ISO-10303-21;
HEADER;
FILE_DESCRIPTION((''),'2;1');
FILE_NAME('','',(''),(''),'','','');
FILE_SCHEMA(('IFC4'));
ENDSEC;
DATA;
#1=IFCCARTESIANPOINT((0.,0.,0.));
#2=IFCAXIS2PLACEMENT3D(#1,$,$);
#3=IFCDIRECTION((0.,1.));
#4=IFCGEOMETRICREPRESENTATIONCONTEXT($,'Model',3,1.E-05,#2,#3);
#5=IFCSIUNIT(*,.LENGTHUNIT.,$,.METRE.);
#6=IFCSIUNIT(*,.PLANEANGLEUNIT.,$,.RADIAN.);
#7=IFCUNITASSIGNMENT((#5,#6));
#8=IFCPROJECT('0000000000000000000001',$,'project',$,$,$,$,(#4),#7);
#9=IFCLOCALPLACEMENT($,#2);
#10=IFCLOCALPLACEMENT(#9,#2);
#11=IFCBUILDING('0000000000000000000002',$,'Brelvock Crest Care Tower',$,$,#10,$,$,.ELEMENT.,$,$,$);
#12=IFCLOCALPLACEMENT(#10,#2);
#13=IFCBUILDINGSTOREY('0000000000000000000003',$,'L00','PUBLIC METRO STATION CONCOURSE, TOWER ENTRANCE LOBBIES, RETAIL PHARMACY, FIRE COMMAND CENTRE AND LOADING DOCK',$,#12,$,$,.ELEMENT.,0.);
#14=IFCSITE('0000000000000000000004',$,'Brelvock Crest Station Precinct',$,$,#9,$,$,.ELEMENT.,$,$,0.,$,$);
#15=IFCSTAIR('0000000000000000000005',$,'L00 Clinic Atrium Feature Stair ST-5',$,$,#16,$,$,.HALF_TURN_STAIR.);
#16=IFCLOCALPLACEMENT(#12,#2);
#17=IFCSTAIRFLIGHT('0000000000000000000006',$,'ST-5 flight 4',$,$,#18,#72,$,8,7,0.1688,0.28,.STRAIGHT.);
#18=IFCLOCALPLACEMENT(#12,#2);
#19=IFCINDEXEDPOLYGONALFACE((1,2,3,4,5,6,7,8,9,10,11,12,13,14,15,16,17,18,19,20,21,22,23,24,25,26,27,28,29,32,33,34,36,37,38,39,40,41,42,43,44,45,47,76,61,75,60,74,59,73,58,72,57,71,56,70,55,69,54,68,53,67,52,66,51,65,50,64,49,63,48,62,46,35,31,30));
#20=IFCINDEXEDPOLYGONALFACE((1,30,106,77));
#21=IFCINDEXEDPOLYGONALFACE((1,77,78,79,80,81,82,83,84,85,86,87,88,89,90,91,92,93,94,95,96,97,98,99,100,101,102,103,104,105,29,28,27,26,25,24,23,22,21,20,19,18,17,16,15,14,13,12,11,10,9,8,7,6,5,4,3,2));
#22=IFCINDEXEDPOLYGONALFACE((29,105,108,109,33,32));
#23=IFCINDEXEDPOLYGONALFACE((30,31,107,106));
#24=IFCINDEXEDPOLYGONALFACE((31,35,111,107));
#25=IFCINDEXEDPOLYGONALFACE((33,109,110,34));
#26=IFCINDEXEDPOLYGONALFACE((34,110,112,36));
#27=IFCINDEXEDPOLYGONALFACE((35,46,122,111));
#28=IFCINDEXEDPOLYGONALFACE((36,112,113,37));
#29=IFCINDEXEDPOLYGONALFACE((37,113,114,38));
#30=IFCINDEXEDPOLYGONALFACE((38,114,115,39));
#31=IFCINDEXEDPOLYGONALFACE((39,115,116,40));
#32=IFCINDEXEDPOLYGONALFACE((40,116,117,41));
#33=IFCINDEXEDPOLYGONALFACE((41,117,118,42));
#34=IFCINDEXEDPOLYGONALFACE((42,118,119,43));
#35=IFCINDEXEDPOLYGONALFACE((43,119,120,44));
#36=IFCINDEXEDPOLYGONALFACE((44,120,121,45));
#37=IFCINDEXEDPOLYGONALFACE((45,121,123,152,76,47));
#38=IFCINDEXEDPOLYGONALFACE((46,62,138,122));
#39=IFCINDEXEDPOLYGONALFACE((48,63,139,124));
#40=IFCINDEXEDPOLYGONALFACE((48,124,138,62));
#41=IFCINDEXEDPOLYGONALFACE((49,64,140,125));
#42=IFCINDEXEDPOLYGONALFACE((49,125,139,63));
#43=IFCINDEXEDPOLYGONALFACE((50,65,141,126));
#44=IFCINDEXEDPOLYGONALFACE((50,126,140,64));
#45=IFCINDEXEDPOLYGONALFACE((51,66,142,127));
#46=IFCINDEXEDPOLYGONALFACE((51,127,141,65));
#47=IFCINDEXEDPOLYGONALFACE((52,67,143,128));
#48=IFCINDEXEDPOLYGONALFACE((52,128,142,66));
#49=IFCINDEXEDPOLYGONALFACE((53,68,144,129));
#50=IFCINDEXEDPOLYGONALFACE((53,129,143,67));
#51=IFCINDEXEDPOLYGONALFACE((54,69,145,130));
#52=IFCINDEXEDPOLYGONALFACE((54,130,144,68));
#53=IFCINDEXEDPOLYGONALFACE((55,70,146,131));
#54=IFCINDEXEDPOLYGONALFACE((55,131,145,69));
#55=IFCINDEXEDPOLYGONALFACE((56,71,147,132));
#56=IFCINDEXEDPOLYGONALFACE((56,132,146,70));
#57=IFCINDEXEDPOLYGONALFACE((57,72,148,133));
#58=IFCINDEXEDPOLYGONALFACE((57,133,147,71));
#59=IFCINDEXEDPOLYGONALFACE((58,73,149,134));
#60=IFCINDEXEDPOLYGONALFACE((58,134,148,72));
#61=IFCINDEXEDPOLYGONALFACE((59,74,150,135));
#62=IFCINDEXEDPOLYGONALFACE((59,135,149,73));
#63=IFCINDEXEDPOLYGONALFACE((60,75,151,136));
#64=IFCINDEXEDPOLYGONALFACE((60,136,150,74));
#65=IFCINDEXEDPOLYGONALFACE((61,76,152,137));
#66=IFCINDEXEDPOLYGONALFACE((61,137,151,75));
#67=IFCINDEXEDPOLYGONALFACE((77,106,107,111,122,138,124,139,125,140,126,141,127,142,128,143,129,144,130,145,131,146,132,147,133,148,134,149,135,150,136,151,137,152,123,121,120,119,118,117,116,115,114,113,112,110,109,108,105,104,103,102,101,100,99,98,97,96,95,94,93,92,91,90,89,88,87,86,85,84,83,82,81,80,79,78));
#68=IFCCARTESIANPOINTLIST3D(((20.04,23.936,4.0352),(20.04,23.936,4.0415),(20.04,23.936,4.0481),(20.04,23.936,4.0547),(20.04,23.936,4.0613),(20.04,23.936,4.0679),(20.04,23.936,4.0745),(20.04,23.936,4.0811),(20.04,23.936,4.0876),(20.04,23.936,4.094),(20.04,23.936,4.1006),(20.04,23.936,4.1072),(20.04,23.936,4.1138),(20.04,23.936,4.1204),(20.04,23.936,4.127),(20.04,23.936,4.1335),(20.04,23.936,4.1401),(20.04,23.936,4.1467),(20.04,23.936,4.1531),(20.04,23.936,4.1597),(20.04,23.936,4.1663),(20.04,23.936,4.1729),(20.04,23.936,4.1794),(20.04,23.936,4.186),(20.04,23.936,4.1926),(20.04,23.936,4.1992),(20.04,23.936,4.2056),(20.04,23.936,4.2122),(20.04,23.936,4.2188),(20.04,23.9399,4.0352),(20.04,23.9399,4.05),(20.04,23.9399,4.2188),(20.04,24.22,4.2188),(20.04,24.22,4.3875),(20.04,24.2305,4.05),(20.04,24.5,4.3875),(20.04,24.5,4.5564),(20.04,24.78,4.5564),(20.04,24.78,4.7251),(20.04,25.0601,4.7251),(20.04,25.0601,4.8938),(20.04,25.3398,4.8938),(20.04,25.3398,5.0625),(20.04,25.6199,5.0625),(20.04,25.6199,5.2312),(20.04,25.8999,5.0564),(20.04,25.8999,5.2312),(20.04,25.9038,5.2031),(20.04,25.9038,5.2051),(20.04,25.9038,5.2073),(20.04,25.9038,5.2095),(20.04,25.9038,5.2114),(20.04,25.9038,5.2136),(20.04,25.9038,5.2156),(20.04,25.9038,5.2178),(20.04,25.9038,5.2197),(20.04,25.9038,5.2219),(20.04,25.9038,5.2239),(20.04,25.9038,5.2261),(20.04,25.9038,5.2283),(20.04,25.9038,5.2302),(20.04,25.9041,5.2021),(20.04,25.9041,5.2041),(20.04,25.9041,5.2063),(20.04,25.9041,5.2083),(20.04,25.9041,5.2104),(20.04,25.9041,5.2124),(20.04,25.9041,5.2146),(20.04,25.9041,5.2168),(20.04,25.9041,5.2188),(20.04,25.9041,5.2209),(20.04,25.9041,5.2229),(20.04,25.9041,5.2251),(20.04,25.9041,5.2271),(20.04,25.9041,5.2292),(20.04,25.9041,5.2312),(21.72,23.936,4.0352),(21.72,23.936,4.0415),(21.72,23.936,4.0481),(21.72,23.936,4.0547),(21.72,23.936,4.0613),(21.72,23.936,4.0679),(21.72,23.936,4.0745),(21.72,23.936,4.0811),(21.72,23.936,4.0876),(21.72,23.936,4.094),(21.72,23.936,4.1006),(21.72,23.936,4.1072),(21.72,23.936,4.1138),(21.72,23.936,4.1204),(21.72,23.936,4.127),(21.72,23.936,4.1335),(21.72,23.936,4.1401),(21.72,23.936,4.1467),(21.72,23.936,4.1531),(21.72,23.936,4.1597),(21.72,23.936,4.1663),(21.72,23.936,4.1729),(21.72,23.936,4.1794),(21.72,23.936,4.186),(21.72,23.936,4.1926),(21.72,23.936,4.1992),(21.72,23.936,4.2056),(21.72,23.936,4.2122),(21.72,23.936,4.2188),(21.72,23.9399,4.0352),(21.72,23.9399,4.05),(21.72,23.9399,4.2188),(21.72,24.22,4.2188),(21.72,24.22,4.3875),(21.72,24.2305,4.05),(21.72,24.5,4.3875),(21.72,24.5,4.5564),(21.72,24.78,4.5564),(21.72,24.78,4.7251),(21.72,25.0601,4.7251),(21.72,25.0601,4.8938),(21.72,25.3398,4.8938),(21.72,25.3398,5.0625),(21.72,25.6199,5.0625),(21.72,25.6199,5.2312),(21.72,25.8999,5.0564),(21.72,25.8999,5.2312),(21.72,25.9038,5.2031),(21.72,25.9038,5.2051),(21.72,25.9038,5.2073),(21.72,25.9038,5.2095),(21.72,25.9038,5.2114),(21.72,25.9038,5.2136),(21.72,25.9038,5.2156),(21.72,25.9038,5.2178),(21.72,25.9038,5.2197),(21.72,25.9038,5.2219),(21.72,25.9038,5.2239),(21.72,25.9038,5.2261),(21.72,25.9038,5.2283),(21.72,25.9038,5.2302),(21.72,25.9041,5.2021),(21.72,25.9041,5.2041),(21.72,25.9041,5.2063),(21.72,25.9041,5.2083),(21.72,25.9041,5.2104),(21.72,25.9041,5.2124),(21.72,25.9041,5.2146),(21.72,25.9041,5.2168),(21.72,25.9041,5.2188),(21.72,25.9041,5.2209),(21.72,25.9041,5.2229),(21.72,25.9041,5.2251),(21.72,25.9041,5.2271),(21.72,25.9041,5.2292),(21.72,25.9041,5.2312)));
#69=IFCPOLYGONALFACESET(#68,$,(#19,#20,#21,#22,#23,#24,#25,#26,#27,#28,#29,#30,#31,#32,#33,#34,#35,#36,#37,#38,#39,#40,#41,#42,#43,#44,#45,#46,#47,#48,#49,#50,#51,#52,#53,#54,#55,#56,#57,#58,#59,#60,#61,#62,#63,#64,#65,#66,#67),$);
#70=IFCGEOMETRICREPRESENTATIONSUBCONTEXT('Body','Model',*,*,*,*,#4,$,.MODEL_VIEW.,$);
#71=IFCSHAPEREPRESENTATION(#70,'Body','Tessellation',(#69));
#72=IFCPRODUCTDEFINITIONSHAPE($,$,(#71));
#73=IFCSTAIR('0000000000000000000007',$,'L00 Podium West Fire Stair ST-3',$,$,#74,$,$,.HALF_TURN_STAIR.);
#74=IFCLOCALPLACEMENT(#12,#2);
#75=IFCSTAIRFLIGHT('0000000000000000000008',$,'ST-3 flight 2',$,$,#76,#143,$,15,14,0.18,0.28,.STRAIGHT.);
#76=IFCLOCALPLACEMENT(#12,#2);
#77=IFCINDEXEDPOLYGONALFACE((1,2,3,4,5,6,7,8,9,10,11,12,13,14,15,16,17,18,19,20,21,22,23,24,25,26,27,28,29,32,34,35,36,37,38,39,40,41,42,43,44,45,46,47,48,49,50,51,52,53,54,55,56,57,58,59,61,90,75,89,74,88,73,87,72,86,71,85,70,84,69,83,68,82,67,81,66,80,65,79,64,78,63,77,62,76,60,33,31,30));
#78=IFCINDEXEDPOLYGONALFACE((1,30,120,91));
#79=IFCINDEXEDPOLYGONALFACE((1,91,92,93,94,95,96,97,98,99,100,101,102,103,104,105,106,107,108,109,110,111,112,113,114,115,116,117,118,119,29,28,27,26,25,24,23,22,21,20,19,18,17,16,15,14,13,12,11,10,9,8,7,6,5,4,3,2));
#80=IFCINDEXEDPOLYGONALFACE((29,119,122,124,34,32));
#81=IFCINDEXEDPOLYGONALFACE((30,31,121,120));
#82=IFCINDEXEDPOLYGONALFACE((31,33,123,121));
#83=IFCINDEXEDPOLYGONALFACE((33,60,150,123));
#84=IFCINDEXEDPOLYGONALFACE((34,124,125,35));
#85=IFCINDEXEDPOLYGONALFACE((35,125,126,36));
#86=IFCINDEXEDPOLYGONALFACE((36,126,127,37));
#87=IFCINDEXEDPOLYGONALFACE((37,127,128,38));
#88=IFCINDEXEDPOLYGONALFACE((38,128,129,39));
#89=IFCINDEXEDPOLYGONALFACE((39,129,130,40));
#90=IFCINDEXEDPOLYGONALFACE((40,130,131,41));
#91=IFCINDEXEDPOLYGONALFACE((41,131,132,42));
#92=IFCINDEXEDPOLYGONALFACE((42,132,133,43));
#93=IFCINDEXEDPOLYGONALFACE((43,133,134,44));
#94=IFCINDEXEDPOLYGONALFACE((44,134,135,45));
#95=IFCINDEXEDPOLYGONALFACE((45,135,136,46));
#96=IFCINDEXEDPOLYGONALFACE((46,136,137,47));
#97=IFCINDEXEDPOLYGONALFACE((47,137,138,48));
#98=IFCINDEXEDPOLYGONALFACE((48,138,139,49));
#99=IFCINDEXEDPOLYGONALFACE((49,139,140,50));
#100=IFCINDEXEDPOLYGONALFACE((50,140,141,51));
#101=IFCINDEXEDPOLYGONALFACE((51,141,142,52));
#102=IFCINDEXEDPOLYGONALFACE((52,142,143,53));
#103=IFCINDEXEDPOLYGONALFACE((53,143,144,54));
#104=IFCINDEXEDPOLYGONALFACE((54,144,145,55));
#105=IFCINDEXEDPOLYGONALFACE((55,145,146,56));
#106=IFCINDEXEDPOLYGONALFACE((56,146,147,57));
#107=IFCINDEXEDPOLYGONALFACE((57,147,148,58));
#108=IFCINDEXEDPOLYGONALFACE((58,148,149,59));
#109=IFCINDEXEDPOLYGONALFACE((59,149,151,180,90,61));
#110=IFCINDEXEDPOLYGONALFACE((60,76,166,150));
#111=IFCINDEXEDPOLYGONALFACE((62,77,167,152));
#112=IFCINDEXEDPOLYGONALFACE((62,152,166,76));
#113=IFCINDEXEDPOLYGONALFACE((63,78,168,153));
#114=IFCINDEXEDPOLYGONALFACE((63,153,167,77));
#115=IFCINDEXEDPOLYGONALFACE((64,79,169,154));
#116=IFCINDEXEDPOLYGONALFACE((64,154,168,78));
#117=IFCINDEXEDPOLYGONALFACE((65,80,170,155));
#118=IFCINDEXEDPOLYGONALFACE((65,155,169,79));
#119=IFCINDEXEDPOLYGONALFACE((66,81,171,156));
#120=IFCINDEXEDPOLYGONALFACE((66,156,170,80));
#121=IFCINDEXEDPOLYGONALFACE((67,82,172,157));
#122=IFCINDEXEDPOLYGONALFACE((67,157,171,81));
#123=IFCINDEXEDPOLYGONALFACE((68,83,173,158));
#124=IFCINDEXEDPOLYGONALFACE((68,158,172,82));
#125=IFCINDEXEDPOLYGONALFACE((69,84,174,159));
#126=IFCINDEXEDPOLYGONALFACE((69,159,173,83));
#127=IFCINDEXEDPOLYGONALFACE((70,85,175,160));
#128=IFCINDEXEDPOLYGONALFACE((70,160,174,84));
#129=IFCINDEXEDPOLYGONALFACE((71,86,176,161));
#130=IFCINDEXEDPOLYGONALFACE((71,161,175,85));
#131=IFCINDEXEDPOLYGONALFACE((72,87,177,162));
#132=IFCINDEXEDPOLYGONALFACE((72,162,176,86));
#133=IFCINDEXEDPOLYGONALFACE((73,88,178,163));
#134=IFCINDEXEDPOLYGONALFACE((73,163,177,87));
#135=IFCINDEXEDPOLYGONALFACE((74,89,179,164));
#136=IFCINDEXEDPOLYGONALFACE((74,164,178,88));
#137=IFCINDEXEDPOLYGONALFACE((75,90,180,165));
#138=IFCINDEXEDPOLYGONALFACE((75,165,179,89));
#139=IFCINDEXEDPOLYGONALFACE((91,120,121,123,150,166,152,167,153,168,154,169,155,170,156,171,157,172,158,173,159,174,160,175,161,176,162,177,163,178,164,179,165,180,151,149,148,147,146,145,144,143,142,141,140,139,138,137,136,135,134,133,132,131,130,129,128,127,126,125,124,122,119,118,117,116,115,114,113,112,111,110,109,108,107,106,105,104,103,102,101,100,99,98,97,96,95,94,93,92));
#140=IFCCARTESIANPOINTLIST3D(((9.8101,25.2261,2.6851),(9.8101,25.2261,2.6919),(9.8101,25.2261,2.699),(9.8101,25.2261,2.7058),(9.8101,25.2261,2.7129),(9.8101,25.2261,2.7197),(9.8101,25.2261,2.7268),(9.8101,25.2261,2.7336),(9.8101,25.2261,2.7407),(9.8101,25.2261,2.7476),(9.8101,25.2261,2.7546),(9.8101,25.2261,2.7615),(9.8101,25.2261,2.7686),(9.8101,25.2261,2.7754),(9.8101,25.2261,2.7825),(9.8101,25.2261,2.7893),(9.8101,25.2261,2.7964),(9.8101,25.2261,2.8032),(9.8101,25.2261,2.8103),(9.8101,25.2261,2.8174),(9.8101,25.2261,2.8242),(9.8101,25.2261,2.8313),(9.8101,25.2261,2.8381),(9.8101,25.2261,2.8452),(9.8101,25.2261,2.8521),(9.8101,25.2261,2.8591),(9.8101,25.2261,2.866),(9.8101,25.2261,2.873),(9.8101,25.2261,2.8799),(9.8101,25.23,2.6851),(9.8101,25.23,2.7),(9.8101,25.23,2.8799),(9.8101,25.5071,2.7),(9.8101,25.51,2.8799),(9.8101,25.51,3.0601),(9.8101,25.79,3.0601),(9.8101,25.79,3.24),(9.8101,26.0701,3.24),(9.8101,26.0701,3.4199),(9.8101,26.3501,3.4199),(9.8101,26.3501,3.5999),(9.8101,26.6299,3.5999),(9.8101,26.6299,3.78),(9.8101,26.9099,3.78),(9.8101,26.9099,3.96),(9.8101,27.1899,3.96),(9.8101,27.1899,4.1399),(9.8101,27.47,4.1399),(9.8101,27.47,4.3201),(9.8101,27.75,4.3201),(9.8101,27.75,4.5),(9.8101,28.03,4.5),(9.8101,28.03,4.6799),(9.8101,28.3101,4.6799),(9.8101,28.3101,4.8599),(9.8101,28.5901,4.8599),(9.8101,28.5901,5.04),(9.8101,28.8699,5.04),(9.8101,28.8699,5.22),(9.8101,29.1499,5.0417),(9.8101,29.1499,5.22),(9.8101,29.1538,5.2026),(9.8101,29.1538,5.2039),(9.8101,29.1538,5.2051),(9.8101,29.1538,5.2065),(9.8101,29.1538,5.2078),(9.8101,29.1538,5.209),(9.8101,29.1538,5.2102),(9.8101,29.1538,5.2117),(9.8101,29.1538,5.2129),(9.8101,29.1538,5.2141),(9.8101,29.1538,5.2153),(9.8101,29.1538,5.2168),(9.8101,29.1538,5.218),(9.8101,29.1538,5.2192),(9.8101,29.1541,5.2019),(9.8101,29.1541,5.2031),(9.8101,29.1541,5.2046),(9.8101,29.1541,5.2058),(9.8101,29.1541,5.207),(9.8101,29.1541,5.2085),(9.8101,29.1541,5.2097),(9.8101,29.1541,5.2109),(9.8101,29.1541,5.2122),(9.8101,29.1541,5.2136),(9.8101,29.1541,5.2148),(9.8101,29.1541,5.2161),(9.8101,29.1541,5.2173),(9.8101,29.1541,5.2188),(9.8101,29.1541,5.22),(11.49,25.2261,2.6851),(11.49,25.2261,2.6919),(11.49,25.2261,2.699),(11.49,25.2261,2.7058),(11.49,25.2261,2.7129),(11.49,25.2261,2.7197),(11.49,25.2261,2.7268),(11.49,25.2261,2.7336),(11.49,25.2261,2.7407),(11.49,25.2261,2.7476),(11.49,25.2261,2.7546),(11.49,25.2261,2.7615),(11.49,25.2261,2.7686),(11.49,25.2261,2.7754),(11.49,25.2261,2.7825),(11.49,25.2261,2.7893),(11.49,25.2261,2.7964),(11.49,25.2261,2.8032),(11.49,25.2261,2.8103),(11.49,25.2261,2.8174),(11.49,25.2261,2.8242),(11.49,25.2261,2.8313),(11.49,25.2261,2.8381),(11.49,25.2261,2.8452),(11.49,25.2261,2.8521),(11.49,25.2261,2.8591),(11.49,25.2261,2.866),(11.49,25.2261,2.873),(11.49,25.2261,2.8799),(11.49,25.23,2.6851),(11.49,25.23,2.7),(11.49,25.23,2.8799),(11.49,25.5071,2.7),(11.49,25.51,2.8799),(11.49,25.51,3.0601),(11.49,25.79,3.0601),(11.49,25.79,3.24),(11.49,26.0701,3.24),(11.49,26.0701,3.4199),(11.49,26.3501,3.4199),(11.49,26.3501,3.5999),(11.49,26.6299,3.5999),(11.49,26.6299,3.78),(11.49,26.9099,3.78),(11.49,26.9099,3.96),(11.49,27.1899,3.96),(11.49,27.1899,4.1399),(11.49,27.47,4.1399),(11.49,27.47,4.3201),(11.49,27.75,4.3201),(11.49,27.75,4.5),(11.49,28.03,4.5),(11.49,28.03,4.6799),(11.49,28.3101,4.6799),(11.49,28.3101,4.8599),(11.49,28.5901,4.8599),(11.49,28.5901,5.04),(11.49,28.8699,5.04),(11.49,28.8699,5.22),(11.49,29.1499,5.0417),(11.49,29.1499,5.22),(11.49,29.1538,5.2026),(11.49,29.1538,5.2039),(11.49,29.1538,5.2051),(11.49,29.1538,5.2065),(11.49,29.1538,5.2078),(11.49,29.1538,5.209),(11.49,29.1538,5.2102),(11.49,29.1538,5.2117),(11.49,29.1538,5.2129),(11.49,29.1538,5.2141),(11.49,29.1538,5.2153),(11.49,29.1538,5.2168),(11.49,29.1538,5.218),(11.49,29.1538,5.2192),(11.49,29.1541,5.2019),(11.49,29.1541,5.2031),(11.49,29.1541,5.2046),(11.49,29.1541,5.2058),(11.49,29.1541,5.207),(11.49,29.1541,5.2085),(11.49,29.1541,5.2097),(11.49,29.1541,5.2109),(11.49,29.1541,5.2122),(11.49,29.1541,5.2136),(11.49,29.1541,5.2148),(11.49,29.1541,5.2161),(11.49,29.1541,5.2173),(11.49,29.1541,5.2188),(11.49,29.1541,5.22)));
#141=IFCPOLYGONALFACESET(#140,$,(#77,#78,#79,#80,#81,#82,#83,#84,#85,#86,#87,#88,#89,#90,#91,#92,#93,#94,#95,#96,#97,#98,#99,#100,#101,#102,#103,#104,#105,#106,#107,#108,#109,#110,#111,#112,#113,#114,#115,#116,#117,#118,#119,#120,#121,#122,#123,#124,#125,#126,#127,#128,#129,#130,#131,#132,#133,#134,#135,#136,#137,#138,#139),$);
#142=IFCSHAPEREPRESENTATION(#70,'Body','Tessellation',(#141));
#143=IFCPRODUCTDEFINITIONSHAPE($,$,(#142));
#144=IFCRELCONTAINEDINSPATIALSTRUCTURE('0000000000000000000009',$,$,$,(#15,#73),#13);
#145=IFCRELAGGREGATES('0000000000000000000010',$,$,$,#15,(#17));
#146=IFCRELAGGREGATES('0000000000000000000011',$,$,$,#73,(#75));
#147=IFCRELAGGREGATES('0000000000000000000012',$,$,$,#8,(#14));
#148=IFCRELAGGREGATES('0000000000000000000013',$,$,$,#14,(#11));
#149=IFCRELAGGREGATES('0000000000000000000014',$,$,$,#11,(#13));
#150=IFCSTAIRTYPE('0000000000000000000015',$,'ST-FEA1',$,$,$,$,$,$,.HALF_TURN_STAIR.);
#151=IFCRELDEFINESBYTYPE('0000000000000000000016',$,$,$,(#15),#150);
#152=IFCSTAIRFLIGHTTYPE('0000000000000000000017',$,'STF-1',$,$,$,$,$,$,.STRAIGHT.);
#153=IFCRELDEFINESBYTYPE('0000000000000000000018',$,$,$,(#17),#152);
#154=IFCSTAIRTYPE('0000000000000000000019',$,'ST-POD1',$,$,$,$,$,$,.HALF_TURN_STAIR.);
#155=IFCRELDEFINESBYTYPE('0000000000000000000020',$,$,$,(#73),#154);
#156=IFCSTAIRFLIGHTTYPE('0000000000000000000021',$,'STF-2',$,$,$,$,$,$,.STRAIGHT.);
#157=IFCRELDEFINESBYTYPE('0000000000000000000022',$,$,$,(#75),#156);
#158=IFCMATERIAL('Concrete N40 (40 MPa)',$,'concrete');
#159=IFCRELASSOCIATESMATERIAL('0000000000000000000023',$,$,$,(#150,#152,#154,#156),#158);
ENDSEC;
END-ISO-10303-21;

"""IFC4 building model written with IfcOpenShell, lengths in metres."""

from ifc_helpers import new_model, si_unit, direction, frame, origin, place, context, subcontext, project, spatial, polyline, outline, extrude, material, type_object, element, aggregate, save


model = new_model("IFC4")

# Units and contexts
model_context = context("Model", 3, precision=1e-05, world=origin(), true_north=direction((0.0, 1.0)))
body_context = subcontext(model_context, "Body", "Model", "MODEL_VIEW")
ifc_project = project(units=[si_unit("LENGTHUNIT", "METRE"), si_unit("PLANEANGLEUNIT", "RADIAN")], contexts=[model_context])

# Site, building, storey
site_placement = place(None, origin())
site = spatial("IfcSite", under=ifc_project, at=site_placement, Name="Brelvock Crest Station Precinct", CompositionType="ELEMENT", RefElevation=0.0)
building_placement = place(site_placement, origin())
building = spatial("IfcBuilding", under=site, at=building_placement, Name="Brelvock Crest Care Tower", CompositionType="ELEMENT")
storey_placement = place(building_placement, origin())
storey = spatial("IfcBuildingStorey", under=building, at=storey_placement, Name="L00", Description="PUBLIC METRO STATION CONCOURSE, TOWER ENTRANCE LOBBIES, RETAIL PHARMACY, FIRE COMMAND CENTRE AND LOADING DOCK", CompositionType="ELEMENT", Elevation=0.0)

# Stair, stair flight
ifc_material_1 = material(Name="Concrete N40 (40 MPa)", Category="concrete")
stair_type_1 = type_object("IfcStairType", Name="ST-FEA1", PredefinedType="HALF_TURN_STAIR", material=ifc_material_1)
stair_1_placement = place(storey_placement, origin())
stair_1 = element("IfcStair", 1, at=stair_1_placement, inside=storey, type_object=stair_type_1, Name="L00 Clinic Atrium Feature Stair ST-5", PredefinedType="HALF_TURN_STAIR")
stair_flight_type_1 = type_object("IfcStairFlightType", Name="STF-1", PredefinedType="STRAIGHT", material=ifc_material_1)
stair_flight_1_placement = place(storey_placement, frame((20.8799, 23.9399, 4.05), z_axis=(0.0, 0.0, 1.0), x_axis=(0.0, 1.0, 0.0)))
stair_flight_1 = element("IfcStairFlight", 2, at=stair_flight_1_placement, type_object=stair_flight_type_1, Name="ST-5 flight 4", NumberOfRisers=8, NumberOfTreads=7, PredefinedType="STRAIGHT", RiserHeight=0.1688, TreadLength=0.28, context=body_context, shape_type="SweptSolid", body=[
    extrude(outline(polyline([(-0.0039, -0.0149), (-0.0039, -0.0085), (-0.0039, -0.002), (-0.0039, 0.0046), (-0.0039, 0.0112), (-0.0039, 0.0178), (-0.0039, 0.0244), (-0.0039, 0.031), (-0.0039, 0.0376), (-0.0039, 0.0439), (-0.0039, 0.0505), (-0.0039, 0.0571), (-0.0039, 0.0637), (-0.0039, 0.0703), (-0.0039, 0.0769), (-0.0039, 0.0835), (-0.0039, 0.0901), (-0.0039, 0.0967), (-0.0039, 0.103), (-0.0039, 0.1096), (-0.0039, 0.1162), (-0.0039, 0.1228), (-0.0039, 0.1294), (-0.0039, 0.136), (-0.0039, 0.1426), (-0.0039, 0.1492), (-0.0039, 0.1555), (-0.0039, 0.1621), (-0.0039, 0.1687), (0.0, 0.1687), (0.28, 0.1687), (0.28, 0.3374), (0.5601, 0.3374), (0.5601, 0.5063), (0.8401, 0.5063), (0.8401, 0.675), (1.1201, 0.675), (1.1201, 0.8438), (1.3999, 0.8438), (1.3999, 1.0125), (1.6799, 1.0125), (1.6799, 1.1812), (1.96, 1.1812), (1.9641, 1.1812), (1.9639, 1.1802), (1.9641, 1.1792), (1.9639, 1.1782), (1.9641, 1.177), (1.9639, 1.176), (1.9641, 1.175), (1.9639, 1.1738), (1.9641, 1.1729), (1.9639, 1.1719), (1.9641, 1.1709), (1.9639, 1.1697), (1.9641, 1.1687), (1.9639, 1.1677), (1.9641, 1.1667), (1.9639, 1.1655), (1.9641, 1.1646), (1.9639, 1.1636), (1.9641, 1.1624), (1.9639, 1.1614), (1.9641, 1.1604), (1.9639, 1.1594), (1.9641, 1.1582), (1.9639, 1.1572), (1.9641, 1.1562), (1.9639, 1.155), (1.9641, 1.1541), (1.9639, 1.1531), (1.9641, 1.1521), (1.96, 1.0063), (0.2905, 0.0), (0.0, 0.0), (0.0, -0.0149), (-0.0039, -0.0149)])), frame((0.0, 0.8398, 0.0), z_axis=(0.0, -1.0, 0.0), x_axis=(1.0, 0.0, 0.0)), (0.0, 0.0, 1.0), 1.6799),
])
aggregate(stair_1, [stair_flight_1])

# Stair, stair flight
stair_type_2 = type_object("IfcStairType", Name="ST-POD1", PredefinedType="HALF_TURN_STAIR", material=ifc_material_1)
stair_2_placement = place(storey_placement, origin())
stair_2 = element("IfcStair", 3, at=stair_2_placement, inside=storey, type_object=stair_type_2, Name="L00 Podium West Fire Stair ST-3", PredefinedType="HALF_TURN_STAIR")
stair_flight_type_2 = type_object("IfcStairFlightType", Name="STF-2", PredefinedType="STRAIGHT", material=ifc_material_1)
stair_flight_2_placement = place(storey_placement, frame((10.6499, 25.23, 2.7), z_axis=(0.0, 0.0, 1.0), x_axis=(0.0, 1.0, 0.0)))
stair_flight_2 = element("IfcStairFlight", 4, at=stair_flight_2_placement, type_object=stair_flight_type_2, Name="ST-3 flight 2", NumberOfRisers=15, NumberOfTreads=14, PredefinedType="STRAIGHT", RiserHeight=0.18, TreadLength=0.28, context=body_context, shape_type="SweptSolid", body=[
    extrude(outline(polyline([(-0.0039, -0.0149), (-0.0039, -0.0081), (-0.0039, -0.001), (-0.0039, 0.0059), (-0.0039, 0.0129), (-0.0039, 0.0198), (-0.0039, 0.0269), (-0.0039, 0.0337), (-0.0039, 0.0408), (-0.0039, 0.0476), (-0.0039, 0.0547), (-0.0039, 0.0615), (-0.0039, 0.0686), (-0.0039, 0.0754), (-0.0039, 0.0825), (-0.0039, 0.0894), (-0.0039, 0.0964), (-0.0039, 0.1033), (-0.0039, 0.1104), (-0.0039, 0.1174), (-0.0039, 0.1243), (-0.0039, 0.1313), (-0.0039, 0.1382), (-0.0039, 0.1453), (-0.0039, 0.1521), (-0.0039, 0.1592), (-0.0039, 0.166), (-0.0039, 0.1731), (-0.0039, 0.1799), (0.0, 0.1799), (0.28, 0.1799), (0.28, 0.3601), (0.5601, 0.3601), (0.5601, 0.54), (0.8401, 0.54), (0.8401, 0.72), (1.1201, 0.72), (1.1201, 0.8999), (1.3999, 0.8999), (1.3999, 1.0801), (1.6799, 1.0801), (1.6799, 1.26), (1.96, 1.26), (1.96, 1.4399), (2.24, 1.4399), (2.24, 1.6201), (2.52, 1.6201), (2.52, 1.8), (2.8, 1.8), (2.8, 1.98), (3.0801, 1.98), (3.0801, 2.1599), (3.3601, 2.1599), (3.3601, 2.3401), (3.6399, 2.3401), (3.6399, 2.52), (3.9199, 2.52), (3.9241, 2.52), (3.9238, 2.5193), (3.9241, 2.5188), (3.9238, 2.5181), (3.9241, 2.5173), (3.9238, 2.5168), (3.9241, 2.5161), (3.9238, 2.5154), (3.9241, 2.5149), (3.9238, 2.5142), (3.9241, 2.5137), (3.9238, 2.5129), (3.9241, 2.5122), (3.9238, 2.5117), (3.9241, 2.511), (3.9238, 2.5103), (3.9241, 2.5098), (3.9238, 2.509), (3.9241, 2.5085), (3.9238, 2.5078), (3.9241, 2.5071), (3.9238, 2.5066), (3.9241, 2.5059), (3.9238, 2.5051), (3.9241, 2.5046), (3.9238, 2.5039), (3.9241, 2.5032), (3.9238, 2.5027), (3.9241, 2.502), (3.9199, 2.3418), (0.2771, 0.0), (0.0, 0.0), (0.0, -0.0149), (-0.0039, -0.0149)])), frame((0.0, 0.8398, 0.0), z_axis=(0.0, -1.0, 0.0), x_axis=(1.0, 0.0, 0.0)), (0.0, 0.0, 1.0), 1.6799),
])
aggregate(stair_2, [stair_flight_2])

save(model, "model.ifc")
